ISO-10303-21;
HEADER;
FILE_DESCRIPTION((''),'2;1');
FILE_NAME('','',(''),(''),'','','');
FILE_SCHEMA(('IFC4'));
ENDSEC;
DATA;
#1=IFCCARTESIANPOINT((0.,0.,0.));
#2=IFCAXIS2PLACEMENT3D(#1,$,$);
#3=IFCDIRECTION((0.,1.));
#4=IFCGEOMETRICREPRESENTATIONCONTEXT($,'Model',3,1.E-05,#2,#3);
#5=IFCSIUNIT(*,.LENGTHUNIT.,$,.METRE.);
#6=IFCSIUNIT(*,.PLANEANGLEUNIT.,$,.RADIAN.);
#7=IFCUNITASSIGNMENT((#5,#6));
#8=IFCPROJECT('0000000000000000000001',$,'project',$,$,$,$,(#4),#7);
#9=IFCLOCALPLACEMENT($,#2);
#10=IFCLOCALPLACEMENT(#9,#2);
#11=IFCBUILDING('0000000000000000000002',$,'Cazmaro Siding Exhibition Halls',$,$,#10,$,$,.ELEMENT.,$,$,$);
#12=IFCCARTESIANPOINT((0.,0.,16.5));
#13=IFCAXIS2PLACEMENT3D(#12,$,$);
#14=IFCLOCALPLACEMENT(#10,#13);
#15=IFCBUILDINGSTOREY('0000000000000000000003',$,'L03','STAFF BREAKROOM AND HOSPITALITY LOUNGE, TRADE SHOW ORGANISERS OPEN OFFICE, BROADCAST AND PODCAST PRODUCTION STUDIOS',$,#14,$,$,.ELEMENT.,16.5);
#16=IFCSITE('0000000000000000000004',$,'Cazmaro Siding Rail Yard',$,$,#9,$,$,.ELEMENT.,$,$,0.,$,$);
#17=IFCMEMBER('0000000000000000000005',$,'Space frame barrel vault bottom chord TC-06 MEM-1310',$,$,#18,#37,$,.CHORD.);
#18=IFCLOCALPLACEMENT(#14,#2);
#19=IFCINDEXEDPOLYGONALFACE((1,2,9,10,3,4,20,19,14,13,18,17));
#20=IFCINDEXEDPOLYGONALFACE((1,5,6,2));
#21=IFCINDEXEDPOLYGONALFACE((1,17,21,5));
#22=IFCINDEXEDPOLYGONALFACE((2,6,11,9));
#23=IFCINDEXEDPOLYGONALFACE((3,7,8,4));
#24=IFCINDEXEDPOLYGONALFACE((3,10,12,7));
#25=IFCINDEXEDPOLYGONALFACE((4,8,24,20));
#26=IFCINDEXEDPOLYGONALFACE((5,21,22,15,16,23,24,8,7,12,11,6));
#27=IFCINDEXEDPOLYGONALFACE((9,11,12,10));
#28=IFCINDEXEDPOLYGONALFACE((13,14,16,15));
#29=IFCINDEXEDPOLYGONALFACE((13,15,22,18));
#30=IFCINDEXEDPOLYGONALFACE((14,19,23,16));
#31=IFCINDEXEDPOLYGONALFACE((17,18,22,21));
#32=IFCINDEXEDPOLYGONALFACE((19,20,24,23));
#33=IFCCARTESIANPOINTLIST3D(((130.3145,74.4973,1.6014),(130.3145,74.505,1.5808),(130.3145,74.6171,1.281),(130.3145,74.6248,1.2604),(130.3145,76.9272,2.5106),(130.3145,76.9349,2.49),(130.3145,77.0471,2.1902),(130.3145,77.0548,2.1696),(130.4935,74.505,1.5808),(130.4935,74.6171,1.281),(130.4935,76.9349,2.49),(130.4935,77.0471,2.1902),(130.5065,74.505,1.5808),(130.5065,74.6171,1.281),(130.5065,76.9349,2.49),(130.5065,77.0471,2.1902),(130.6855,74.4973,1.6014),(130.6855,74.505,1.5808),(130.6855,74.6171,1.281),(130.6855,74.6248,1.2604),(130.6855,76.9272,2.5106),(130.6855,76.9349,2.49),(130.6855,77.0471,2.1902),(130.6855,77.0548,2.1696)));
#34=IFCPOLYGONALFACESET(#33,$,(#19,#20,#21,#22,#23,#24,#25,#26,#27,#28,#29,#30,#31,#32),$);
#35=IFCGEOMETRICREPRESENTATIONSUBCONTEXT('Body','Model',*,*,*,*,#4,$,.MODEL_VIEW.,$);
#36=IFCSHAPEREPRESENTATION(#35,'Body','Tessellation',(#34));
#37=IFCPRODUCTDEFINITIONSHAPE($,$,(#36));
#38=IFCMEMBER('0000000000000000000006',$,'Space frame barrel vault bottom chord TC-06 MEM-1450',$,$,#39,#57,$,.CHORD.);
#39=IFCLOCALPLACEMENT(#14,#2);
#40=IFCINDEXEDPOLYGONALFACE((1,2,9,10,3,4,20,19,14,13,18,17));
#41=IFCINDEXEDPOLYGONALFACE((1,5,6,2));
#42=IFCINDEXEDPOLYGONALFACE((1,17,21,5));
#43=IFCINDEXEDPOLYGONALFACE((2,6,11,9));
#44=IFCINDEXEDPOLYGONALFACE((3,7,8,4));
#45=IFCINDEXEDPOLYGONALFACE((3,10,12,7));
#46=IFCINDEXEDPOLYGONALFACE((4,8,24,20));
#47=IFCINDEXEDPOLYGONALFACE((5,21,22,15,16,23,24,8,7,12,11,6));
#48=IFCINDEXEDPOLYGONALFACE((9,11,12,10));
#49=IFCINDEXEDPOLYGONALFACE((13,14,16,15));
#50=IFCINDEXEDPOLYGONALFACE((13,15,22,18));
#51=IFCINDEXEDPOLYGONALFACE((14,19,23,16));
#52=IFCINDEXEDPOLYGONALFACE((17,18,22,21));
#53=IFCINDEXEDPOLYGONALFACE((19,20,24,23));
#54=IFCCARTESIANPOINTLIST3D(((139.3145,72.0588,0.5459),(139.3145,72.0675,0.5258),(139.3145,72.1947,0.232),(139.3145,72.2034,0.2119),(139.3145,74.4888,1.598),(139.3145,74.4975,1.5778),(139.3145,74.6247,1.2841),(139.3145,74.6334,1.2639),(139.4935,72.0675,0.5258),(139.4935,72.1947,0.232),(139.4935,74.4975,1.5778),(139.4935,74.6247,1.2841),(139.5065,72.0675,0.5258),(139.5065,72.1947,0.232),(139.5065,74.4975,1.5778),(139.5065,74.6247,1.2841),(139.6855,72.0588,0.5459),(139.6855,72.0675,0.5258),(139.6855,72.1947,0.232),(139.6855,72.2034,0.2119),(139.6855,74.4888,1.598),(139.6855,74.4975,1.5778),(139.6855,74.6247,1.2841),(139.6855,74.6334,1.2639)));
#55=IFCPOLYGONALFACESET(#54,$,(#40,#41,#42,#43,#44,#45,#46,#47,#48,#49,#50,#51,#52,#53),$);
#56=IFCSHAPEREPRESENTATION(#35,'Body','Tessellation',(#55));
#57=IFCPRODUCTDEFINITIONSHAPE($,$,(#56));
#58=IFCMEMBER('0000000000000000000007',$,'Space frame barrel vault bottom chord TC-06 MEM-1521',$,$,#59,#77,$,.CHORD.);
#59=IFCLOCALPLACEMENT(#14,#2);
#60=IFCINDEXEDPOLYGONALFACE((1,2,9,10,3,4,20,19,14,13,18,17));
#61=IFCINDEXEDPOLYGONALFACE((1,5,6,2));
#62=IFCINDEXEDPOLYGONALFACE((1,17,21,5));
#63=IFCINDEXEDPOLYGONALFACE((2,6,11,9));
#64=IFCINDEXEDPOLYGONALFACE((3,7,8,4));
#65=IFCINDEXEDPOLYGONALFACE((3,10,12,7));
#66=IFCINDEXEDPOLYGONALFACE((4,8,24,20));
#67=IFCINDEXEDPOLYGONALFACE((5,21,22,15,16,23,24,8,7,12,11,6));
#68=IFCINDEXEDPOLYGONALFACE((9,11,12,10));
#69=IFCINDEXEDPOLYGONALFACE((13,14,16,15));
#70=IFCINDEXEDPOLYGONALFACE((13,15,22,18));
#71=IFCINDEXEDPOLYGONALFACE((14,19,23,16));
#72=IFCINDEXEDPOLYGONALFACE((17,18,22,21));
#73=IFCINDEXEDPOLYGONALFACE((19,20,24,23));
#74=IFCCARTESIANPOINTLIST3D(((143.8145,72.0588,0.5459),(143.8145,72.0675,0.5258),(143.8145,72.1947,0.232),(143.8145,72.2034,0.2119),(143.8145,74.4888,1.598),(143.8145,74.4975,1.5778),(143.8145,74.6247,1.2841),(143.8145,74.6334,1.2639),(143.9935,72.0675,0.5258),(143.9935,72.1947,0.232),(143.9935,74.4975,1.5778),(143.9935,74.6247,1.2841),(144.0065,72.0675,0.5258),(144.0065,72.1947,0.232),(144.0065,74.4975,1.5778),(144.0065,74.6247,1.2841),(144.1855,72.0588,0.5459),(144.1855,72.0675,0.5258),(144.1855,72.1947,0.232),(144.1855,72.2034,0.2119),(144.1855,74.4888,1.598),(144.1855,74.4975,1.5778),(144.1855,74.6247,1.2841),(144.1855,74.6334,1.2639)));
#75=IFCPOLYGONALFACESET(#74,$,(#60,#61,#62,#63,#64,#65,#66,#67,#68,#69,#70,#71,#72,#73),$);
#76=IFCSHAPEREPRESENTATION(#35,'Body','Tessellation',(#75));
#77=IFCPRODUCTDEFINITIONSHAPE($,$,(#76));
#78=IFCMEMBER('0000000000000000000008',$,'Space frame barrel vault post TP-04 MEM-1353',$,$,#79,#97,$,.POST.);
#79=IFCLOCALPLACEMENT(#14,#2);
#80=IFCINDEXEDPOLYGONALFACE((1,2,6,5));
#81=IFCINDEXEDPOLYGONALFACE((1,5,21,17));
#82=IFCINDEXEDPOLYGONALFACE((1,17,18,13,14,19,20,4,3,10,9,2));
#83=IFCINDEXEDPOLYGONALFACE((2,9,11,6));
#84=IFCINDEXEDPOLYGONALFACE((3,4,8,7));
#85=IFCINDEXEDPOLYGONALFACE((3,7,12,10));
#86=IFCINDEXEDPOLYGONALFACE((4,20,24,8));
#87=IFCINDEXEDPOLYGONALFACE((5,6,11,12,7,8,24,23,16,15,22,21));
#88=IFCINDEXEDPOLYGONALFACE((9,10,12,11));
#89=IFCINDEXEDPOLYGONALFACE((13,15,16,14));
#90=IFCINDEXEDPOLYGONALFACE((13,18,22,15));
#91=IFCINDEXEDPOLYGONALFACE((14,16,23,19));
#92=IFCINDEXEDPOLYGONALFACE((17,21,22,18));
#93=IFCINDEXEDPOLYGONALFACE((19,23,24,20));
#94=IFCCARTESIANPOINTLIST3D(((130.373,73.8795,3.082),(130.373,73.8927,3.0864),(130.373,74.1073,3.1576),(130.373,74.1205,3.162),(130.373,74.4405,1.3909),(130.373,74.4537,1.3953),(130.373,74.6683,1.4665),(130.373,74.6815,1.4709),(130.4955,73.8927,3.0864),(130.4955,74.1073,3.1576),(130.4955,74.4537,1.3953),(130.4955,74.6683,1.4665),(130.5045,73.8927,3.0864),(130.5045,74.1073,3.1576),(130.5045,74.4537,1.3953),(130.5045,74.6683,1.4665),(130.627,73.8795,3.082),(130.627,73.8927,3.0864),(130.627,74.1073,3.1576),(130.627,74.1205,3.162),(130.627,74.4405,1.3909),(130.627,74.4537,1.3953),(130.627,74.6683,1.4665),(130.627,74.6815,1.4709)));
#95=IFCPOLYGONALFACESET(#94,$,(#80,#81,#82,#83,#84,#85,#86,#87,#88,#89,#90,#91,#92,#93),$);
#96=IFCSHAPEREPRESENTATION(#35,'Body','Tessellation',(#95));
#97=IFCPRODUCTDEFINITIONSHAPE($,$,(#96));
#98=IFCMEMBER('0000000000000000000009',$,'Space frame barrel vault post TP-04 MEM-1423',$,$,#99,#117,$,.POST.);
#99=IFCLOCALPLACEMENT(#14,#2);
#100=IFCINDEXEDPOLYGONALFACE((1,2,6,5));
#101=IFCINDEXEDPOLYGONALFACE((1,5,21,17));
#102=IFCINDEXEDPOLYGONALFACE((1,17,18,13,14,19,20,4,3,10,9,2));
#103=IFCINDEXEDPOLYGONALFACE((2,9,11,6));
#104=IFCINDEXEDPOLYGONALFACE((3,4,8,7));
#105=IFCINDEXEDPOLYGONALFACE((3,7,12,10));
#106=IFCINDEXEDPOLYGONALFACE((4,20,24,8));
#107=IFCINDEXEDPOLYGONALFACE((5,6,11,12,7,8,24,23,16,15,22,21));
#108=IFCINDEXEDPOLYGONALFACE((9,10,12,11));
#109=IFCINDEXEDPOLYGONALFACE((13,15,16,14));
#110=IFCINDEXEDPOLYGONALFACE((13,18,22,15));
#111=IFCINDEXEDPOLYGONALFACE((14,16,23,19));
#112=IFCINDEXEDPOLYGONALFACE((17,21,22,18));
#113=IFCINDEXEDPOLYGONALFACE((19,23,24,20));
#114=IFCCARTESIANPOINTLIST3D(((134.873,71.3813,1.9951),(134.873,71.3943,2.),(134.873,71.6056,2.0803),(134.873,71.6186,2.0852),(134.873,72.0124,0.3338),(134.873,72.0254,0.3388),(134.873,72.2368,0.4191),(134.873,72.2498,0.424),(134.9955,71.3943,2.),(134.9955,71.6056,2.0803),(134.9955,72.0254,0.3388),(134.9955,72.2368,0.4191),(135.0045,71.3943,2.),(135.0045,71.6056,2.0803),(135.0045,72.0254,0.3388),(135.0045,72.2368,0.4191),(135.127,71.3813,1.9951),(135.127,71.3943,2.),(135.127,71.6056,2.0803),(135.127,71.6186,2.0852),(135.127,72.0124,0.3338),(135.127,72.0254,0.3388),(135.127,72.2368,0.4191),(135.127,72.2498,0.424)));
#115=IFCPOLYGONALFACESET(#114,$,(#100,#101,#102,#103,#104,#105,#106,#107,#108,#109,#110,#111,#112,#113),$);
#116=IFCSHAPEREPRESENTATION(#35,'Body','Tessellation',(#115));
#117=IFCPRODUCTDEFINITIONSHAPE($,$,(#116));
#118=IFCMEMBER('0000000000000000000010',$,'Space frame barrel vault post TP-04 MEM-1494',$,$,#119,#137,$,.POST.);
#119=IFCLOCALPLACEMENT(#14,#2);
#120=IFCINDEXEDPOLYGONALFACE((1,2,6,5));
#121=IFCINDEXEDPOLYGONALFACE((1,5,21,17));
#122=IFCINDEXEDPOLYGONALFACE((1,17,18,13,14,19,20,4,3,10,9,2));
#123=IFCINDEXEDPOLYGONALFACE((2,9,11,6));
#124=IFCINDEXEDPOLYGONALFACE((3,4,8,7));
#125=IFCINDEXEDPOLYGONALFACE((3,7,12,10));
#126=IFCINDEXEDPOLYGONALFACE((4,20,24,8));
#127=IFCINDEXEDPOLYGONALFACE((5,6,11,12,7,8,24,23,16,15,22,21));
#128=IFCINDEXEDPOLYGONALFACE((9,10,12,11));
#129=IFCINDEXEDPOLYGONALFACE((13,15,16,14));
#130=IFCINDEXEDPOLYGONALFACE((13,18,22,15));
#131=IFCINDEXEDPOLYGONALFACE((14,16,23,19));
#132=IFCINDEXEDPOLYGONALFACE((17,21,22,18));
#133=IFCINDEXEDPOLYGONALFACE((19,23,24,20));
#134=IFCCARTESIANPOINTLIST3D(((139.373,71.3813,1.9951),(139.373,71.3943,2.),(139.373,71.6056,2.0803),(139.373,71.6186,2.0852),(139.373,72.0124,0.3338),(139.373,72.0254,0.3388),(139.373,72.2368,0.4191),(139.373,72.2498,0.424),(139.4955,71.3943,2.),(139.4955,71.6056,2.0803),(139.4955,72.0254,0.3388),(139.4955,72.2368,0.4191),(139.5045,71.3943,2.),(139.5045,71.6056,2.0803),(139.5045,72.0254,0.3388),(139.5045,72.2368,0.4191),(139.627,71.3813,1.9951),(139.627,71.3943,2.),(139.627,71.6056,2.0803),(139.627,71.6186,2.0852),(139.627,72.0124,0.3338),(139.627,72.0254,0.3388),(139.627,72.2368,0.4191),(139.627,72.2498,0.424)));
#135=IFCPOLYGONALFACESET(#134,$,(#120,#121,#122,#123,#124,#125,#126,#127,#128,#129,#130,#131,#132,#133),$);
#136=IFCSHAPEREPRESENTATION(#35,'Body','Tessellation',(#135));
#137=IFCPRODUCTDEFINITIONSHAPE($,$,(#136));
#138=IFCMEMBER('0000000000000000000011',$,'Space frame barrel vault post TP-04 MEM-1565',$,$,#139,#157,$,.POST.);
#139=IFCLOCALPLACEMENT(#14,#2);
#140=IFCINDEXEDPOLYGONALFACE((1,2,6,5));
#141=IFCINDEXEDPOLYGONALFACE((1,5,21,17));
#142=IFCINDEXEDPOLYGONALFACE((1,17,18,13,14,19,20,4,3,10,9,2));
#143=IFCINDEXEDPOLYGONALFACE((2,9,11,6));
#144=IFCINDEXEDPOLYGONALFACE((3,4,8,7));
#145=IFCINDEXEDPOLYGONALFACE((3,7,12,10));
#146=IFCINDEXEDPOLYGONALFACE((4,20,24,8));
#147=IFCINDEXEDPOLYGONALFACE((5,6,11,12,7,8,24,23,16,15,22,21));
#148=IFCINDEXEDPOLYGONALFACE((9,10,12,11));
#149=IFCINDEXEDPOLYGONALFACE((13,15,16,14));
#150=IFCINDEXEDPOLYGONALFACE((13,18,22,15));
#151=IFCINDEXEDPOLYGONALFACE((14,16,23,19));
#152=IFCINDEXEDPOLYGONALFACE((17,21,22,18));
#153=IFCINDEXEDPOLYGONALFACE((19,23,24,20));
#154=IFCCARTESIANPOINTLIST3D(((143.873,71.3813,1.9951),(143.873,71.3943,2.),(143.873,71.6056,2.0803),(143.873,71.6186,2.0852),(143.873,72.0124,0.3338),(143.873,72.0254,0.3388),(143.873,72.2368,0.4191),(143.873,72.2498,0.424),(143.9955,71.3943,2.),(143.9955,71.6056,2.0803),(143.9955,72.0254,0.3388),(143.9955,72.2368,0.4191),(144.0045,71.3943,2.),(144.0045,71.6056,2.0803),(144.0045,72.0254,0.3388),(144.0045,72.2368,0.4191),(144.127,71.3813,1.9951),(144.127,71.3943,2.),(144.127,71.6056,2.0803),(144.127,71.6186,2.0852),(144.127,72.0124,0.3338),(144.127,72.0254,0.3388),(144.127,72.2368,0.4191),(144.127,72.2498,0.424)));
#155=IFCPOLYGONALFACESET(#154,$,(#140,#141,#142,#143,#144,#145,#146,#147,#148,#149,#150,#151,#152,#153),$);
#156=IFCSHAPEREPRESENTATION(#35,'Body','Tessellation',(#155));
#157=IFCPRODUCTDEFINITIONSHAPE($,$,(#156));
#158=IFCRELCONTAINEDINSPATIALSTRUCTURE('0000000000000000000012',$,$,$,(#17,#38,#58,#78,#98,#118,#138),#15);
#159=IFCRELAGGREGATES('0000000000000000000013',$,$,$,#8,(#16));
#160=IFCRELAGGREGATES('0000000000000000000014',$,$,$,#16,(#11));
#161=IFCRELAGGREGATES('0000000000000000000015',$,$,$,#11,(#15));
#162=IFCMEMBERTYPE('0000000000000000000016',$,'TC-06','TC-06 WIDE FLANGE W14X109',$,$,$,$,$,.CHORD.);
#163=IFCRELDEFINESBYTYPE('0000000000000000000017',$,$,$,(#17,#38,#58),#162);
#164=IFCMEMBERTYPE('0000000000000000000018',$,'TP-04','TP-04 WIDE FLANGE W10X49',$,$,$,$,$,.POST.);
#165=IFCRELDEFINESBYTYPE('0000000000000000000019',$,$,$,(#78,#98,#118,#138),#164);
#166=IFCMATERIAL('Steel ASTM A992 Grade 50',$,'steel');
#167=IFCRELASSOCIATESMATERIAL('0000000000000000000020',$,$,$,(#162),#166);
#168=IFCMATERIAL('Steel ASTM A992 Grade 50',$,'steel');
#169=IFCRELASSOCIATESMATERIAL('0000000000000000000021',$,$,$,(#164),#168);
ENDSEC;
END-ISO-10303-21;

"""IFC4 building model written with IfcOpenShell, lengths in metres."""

from ifc_helpers import new_model, si_unit, direction, frame, origin, origin_2d, place, context, subcontext, project, spatial, i_section, extrude, material, material_profile, profile_set, type_object, element, save


model = new_model("IFC4")

# Units and contexts
model_context = context("Model", 3, precision=1e-05, world=origin(), true_north=direction((0.0, 1.0)))
body_context = subcontext(model_context, "Body", "Model", "MODEL_VIEW")
ifc_project = project(units=[si_unit("LENGTHUNIT", "METRE"), si_unit("PLANEANGLEUNIT", "RADIAN")], contexts=[model_context])

# Site, building, storey
site_placement = place(None, origin())
site = spatial("IfcSite", under=ifc_project, at=site_placement, Name="Cazmaro Siding Rail Yard", CompositionType="ELEMENT", RefElevation=0.0)
building_placement = place(site_placement, origin())
building = spatial("IfcBuilding", under=site, at=building_placement, Name="Cazmaro Siding Exhibition Halls", CompositionType="ELEMENT")
storey_placement = place(building_placement, frame((0.0, 0.0, 16.5)))
storey = spatial("IfcBuildingStorey", under=building, at=storey_placement, Name="L03", Description="STAFF BREAKROOM AND HOSPITALITY LOUNGE, TRADE SHOW ORGANISERS OPEN OFFICE, BROADCAST AND PODCAST PRODUCTION STUDIOS", CompositionType="ELEMENT", Elevation=16.5)

# Members
ifc_material_1 = material(Name="Steel ASTM A992 Grade 50", Category="steel")
ifc_material_profile_1 = material_profile(ifc_material_1, i_section(OverallWidth=0.3711, OverallDepth=0.364, WebThickness=0.0129, FlangeThickness=0.022, at=origin_2d()), Name="W14X109")
ifc_profile_set_1 = profile_set([ifc_material_profile_1], Name="Steel ASTM A992 Grade 50")
member_type_1 = type_object("IfcMemberType", Name="TC-06", Description="TC-06 WIDE FLANGE W14X109", PredefinedType="CHORD", material=ifc_profile_set_1)
member_1_placement = place(storey_placement, frame((130.5, 74.561, 1.4309), z_axis=(0.0, 0.936588, 0.350432), x_axis=(-1.0, 0.0, 0.0)))
element("IfcMember", 1, at=member_1_placement, inside=storey, type_object=member_type_1, Name="Space frame barrel vault bottom chord TC-06 MEM-1310", PredefinedType="CHORD", context=body_context, shape_type="SweptSolid", body=[
    extrude(i_section(OverallWidth=0.3711, OverallDepth=0.364, WebThickness=0.0129, FlangeThickness=0.022, at=origin_2d()), origin(), (0.0, 0.0, 1.0), 2.5945),
])
for number, where, z_axis, x_axis, name in (
    (2, (139.5, 72.1311, 0.3789), (0.0, 0.917689, 0.397299), (-1.0, 0.0, 0.0), "Space frame barrel vault bottom chord TC-06 MEM-1450"),
    (3, (144.0, 72.1311, 0.3789), (0.0, 0.917689, 0.397299), (-1.0, 0.0, 0.0), "Space frame barrel vault bottom chord TC-06 MEM-1521"),
):
    element("IfcMember", number, at=place(storey_placement, frame(where, z_axis=z_axis, x_axis=x_axis)), inside=storey, type_object=member_type_1, Name=name, PredefinedType="CHORD", context=body_context, shape_type="SweptSolid", body=[
        extrude(i_section(OverallWidth=0.3711, OverallDepth=0.364, WebThickness=0.0129, FlangeThickness=0.022, at=origin_2d()), origin(), (0.0, 0.0, 1.0), 2.6479),
    ])
ifc_material_2 = material(Name="Steel ASTM A992 Grade 50", Category="steel")
ifc_material_profile_2 = material_profile(ifc_material_2, i_section(OverallWidth=0.2539, OverallDepth=0.2539, WebThickness=0.009, FlangeThickness=0.0139, at=origin_2d()), Name="W10X49")
ifc_profile_set_2 = profile_set([ifc_material_profile_2], Name="Steel ASTM A992 Grade 50")
member_type_2 = type_object("IfcMemberType", Name="TP-04", Description="TP-04 WIDE FLANGE W10X49", PredefinedType="POST", material=ifc_profile_set_2)
member_2_placement = place(storey_placement, frame((130.5, 74.561, 1.4309), z_axis=(0.0, -0.314871, 0.949134), x_axis=(1.0, 0.0, 0.0)))
element("IfcMember", 4, at=member_2_placement, inside=storey, type_object=member_type_2, Name="Space frame barrel vault post TP-04 MEM-1353", PredefinedType="POST", context=body_context, shape_type="SweptSolid", body=[
    extrude(i_section(OverallWidth=0.2539, OverallDepth=0.2539, WebThickness=0.009, FlangeThickness=0.0139, at=origin_2d()), origin(), (0.0, 0.0, 1.0), 1.7817),
])
for number, where, z_axis, x_axis, name in (
    (5, (135.0, 72.1311, 0.3789), (0.0, -0.355155, 0.934807), (1.0, 0.0, 0.0), "Space frame barrel vault post TP-04 MEM-1423"),
    (6, (139.5, 72.1311, 0.3789), (0.0, -0.355155, 0.934807), (1.0, 0.0, 0.0), "Space frame barrel vault post TP-04 MEM-1494"),
    (7, (144.0, 72.1311, 0.3789), (0.0, -0.355155, 0.934807), (1.0, 0.0, 0.0), "Space frame barrel vault post TP-04 MEM-1565"),
):
    element("IfcMember", number, at=place(storey_placement, frame(where, z_axis=z_axis, x_axis=x_axis)), inside=storey, type_object=member_type_2, Name=name, PredefinedType="POST", context=body_context, shape_type="SweptSolid", body=[
        extrude(i_section(OverallWidth=0.2539, OverallDepth=0.2539, WebThickness=0.009, FlangeThickness=0.0139, at=origin_2d()), origin(), (0.0, 0.0, 1.0), 1.7771),
    ])

save(model, "model.ifc")
